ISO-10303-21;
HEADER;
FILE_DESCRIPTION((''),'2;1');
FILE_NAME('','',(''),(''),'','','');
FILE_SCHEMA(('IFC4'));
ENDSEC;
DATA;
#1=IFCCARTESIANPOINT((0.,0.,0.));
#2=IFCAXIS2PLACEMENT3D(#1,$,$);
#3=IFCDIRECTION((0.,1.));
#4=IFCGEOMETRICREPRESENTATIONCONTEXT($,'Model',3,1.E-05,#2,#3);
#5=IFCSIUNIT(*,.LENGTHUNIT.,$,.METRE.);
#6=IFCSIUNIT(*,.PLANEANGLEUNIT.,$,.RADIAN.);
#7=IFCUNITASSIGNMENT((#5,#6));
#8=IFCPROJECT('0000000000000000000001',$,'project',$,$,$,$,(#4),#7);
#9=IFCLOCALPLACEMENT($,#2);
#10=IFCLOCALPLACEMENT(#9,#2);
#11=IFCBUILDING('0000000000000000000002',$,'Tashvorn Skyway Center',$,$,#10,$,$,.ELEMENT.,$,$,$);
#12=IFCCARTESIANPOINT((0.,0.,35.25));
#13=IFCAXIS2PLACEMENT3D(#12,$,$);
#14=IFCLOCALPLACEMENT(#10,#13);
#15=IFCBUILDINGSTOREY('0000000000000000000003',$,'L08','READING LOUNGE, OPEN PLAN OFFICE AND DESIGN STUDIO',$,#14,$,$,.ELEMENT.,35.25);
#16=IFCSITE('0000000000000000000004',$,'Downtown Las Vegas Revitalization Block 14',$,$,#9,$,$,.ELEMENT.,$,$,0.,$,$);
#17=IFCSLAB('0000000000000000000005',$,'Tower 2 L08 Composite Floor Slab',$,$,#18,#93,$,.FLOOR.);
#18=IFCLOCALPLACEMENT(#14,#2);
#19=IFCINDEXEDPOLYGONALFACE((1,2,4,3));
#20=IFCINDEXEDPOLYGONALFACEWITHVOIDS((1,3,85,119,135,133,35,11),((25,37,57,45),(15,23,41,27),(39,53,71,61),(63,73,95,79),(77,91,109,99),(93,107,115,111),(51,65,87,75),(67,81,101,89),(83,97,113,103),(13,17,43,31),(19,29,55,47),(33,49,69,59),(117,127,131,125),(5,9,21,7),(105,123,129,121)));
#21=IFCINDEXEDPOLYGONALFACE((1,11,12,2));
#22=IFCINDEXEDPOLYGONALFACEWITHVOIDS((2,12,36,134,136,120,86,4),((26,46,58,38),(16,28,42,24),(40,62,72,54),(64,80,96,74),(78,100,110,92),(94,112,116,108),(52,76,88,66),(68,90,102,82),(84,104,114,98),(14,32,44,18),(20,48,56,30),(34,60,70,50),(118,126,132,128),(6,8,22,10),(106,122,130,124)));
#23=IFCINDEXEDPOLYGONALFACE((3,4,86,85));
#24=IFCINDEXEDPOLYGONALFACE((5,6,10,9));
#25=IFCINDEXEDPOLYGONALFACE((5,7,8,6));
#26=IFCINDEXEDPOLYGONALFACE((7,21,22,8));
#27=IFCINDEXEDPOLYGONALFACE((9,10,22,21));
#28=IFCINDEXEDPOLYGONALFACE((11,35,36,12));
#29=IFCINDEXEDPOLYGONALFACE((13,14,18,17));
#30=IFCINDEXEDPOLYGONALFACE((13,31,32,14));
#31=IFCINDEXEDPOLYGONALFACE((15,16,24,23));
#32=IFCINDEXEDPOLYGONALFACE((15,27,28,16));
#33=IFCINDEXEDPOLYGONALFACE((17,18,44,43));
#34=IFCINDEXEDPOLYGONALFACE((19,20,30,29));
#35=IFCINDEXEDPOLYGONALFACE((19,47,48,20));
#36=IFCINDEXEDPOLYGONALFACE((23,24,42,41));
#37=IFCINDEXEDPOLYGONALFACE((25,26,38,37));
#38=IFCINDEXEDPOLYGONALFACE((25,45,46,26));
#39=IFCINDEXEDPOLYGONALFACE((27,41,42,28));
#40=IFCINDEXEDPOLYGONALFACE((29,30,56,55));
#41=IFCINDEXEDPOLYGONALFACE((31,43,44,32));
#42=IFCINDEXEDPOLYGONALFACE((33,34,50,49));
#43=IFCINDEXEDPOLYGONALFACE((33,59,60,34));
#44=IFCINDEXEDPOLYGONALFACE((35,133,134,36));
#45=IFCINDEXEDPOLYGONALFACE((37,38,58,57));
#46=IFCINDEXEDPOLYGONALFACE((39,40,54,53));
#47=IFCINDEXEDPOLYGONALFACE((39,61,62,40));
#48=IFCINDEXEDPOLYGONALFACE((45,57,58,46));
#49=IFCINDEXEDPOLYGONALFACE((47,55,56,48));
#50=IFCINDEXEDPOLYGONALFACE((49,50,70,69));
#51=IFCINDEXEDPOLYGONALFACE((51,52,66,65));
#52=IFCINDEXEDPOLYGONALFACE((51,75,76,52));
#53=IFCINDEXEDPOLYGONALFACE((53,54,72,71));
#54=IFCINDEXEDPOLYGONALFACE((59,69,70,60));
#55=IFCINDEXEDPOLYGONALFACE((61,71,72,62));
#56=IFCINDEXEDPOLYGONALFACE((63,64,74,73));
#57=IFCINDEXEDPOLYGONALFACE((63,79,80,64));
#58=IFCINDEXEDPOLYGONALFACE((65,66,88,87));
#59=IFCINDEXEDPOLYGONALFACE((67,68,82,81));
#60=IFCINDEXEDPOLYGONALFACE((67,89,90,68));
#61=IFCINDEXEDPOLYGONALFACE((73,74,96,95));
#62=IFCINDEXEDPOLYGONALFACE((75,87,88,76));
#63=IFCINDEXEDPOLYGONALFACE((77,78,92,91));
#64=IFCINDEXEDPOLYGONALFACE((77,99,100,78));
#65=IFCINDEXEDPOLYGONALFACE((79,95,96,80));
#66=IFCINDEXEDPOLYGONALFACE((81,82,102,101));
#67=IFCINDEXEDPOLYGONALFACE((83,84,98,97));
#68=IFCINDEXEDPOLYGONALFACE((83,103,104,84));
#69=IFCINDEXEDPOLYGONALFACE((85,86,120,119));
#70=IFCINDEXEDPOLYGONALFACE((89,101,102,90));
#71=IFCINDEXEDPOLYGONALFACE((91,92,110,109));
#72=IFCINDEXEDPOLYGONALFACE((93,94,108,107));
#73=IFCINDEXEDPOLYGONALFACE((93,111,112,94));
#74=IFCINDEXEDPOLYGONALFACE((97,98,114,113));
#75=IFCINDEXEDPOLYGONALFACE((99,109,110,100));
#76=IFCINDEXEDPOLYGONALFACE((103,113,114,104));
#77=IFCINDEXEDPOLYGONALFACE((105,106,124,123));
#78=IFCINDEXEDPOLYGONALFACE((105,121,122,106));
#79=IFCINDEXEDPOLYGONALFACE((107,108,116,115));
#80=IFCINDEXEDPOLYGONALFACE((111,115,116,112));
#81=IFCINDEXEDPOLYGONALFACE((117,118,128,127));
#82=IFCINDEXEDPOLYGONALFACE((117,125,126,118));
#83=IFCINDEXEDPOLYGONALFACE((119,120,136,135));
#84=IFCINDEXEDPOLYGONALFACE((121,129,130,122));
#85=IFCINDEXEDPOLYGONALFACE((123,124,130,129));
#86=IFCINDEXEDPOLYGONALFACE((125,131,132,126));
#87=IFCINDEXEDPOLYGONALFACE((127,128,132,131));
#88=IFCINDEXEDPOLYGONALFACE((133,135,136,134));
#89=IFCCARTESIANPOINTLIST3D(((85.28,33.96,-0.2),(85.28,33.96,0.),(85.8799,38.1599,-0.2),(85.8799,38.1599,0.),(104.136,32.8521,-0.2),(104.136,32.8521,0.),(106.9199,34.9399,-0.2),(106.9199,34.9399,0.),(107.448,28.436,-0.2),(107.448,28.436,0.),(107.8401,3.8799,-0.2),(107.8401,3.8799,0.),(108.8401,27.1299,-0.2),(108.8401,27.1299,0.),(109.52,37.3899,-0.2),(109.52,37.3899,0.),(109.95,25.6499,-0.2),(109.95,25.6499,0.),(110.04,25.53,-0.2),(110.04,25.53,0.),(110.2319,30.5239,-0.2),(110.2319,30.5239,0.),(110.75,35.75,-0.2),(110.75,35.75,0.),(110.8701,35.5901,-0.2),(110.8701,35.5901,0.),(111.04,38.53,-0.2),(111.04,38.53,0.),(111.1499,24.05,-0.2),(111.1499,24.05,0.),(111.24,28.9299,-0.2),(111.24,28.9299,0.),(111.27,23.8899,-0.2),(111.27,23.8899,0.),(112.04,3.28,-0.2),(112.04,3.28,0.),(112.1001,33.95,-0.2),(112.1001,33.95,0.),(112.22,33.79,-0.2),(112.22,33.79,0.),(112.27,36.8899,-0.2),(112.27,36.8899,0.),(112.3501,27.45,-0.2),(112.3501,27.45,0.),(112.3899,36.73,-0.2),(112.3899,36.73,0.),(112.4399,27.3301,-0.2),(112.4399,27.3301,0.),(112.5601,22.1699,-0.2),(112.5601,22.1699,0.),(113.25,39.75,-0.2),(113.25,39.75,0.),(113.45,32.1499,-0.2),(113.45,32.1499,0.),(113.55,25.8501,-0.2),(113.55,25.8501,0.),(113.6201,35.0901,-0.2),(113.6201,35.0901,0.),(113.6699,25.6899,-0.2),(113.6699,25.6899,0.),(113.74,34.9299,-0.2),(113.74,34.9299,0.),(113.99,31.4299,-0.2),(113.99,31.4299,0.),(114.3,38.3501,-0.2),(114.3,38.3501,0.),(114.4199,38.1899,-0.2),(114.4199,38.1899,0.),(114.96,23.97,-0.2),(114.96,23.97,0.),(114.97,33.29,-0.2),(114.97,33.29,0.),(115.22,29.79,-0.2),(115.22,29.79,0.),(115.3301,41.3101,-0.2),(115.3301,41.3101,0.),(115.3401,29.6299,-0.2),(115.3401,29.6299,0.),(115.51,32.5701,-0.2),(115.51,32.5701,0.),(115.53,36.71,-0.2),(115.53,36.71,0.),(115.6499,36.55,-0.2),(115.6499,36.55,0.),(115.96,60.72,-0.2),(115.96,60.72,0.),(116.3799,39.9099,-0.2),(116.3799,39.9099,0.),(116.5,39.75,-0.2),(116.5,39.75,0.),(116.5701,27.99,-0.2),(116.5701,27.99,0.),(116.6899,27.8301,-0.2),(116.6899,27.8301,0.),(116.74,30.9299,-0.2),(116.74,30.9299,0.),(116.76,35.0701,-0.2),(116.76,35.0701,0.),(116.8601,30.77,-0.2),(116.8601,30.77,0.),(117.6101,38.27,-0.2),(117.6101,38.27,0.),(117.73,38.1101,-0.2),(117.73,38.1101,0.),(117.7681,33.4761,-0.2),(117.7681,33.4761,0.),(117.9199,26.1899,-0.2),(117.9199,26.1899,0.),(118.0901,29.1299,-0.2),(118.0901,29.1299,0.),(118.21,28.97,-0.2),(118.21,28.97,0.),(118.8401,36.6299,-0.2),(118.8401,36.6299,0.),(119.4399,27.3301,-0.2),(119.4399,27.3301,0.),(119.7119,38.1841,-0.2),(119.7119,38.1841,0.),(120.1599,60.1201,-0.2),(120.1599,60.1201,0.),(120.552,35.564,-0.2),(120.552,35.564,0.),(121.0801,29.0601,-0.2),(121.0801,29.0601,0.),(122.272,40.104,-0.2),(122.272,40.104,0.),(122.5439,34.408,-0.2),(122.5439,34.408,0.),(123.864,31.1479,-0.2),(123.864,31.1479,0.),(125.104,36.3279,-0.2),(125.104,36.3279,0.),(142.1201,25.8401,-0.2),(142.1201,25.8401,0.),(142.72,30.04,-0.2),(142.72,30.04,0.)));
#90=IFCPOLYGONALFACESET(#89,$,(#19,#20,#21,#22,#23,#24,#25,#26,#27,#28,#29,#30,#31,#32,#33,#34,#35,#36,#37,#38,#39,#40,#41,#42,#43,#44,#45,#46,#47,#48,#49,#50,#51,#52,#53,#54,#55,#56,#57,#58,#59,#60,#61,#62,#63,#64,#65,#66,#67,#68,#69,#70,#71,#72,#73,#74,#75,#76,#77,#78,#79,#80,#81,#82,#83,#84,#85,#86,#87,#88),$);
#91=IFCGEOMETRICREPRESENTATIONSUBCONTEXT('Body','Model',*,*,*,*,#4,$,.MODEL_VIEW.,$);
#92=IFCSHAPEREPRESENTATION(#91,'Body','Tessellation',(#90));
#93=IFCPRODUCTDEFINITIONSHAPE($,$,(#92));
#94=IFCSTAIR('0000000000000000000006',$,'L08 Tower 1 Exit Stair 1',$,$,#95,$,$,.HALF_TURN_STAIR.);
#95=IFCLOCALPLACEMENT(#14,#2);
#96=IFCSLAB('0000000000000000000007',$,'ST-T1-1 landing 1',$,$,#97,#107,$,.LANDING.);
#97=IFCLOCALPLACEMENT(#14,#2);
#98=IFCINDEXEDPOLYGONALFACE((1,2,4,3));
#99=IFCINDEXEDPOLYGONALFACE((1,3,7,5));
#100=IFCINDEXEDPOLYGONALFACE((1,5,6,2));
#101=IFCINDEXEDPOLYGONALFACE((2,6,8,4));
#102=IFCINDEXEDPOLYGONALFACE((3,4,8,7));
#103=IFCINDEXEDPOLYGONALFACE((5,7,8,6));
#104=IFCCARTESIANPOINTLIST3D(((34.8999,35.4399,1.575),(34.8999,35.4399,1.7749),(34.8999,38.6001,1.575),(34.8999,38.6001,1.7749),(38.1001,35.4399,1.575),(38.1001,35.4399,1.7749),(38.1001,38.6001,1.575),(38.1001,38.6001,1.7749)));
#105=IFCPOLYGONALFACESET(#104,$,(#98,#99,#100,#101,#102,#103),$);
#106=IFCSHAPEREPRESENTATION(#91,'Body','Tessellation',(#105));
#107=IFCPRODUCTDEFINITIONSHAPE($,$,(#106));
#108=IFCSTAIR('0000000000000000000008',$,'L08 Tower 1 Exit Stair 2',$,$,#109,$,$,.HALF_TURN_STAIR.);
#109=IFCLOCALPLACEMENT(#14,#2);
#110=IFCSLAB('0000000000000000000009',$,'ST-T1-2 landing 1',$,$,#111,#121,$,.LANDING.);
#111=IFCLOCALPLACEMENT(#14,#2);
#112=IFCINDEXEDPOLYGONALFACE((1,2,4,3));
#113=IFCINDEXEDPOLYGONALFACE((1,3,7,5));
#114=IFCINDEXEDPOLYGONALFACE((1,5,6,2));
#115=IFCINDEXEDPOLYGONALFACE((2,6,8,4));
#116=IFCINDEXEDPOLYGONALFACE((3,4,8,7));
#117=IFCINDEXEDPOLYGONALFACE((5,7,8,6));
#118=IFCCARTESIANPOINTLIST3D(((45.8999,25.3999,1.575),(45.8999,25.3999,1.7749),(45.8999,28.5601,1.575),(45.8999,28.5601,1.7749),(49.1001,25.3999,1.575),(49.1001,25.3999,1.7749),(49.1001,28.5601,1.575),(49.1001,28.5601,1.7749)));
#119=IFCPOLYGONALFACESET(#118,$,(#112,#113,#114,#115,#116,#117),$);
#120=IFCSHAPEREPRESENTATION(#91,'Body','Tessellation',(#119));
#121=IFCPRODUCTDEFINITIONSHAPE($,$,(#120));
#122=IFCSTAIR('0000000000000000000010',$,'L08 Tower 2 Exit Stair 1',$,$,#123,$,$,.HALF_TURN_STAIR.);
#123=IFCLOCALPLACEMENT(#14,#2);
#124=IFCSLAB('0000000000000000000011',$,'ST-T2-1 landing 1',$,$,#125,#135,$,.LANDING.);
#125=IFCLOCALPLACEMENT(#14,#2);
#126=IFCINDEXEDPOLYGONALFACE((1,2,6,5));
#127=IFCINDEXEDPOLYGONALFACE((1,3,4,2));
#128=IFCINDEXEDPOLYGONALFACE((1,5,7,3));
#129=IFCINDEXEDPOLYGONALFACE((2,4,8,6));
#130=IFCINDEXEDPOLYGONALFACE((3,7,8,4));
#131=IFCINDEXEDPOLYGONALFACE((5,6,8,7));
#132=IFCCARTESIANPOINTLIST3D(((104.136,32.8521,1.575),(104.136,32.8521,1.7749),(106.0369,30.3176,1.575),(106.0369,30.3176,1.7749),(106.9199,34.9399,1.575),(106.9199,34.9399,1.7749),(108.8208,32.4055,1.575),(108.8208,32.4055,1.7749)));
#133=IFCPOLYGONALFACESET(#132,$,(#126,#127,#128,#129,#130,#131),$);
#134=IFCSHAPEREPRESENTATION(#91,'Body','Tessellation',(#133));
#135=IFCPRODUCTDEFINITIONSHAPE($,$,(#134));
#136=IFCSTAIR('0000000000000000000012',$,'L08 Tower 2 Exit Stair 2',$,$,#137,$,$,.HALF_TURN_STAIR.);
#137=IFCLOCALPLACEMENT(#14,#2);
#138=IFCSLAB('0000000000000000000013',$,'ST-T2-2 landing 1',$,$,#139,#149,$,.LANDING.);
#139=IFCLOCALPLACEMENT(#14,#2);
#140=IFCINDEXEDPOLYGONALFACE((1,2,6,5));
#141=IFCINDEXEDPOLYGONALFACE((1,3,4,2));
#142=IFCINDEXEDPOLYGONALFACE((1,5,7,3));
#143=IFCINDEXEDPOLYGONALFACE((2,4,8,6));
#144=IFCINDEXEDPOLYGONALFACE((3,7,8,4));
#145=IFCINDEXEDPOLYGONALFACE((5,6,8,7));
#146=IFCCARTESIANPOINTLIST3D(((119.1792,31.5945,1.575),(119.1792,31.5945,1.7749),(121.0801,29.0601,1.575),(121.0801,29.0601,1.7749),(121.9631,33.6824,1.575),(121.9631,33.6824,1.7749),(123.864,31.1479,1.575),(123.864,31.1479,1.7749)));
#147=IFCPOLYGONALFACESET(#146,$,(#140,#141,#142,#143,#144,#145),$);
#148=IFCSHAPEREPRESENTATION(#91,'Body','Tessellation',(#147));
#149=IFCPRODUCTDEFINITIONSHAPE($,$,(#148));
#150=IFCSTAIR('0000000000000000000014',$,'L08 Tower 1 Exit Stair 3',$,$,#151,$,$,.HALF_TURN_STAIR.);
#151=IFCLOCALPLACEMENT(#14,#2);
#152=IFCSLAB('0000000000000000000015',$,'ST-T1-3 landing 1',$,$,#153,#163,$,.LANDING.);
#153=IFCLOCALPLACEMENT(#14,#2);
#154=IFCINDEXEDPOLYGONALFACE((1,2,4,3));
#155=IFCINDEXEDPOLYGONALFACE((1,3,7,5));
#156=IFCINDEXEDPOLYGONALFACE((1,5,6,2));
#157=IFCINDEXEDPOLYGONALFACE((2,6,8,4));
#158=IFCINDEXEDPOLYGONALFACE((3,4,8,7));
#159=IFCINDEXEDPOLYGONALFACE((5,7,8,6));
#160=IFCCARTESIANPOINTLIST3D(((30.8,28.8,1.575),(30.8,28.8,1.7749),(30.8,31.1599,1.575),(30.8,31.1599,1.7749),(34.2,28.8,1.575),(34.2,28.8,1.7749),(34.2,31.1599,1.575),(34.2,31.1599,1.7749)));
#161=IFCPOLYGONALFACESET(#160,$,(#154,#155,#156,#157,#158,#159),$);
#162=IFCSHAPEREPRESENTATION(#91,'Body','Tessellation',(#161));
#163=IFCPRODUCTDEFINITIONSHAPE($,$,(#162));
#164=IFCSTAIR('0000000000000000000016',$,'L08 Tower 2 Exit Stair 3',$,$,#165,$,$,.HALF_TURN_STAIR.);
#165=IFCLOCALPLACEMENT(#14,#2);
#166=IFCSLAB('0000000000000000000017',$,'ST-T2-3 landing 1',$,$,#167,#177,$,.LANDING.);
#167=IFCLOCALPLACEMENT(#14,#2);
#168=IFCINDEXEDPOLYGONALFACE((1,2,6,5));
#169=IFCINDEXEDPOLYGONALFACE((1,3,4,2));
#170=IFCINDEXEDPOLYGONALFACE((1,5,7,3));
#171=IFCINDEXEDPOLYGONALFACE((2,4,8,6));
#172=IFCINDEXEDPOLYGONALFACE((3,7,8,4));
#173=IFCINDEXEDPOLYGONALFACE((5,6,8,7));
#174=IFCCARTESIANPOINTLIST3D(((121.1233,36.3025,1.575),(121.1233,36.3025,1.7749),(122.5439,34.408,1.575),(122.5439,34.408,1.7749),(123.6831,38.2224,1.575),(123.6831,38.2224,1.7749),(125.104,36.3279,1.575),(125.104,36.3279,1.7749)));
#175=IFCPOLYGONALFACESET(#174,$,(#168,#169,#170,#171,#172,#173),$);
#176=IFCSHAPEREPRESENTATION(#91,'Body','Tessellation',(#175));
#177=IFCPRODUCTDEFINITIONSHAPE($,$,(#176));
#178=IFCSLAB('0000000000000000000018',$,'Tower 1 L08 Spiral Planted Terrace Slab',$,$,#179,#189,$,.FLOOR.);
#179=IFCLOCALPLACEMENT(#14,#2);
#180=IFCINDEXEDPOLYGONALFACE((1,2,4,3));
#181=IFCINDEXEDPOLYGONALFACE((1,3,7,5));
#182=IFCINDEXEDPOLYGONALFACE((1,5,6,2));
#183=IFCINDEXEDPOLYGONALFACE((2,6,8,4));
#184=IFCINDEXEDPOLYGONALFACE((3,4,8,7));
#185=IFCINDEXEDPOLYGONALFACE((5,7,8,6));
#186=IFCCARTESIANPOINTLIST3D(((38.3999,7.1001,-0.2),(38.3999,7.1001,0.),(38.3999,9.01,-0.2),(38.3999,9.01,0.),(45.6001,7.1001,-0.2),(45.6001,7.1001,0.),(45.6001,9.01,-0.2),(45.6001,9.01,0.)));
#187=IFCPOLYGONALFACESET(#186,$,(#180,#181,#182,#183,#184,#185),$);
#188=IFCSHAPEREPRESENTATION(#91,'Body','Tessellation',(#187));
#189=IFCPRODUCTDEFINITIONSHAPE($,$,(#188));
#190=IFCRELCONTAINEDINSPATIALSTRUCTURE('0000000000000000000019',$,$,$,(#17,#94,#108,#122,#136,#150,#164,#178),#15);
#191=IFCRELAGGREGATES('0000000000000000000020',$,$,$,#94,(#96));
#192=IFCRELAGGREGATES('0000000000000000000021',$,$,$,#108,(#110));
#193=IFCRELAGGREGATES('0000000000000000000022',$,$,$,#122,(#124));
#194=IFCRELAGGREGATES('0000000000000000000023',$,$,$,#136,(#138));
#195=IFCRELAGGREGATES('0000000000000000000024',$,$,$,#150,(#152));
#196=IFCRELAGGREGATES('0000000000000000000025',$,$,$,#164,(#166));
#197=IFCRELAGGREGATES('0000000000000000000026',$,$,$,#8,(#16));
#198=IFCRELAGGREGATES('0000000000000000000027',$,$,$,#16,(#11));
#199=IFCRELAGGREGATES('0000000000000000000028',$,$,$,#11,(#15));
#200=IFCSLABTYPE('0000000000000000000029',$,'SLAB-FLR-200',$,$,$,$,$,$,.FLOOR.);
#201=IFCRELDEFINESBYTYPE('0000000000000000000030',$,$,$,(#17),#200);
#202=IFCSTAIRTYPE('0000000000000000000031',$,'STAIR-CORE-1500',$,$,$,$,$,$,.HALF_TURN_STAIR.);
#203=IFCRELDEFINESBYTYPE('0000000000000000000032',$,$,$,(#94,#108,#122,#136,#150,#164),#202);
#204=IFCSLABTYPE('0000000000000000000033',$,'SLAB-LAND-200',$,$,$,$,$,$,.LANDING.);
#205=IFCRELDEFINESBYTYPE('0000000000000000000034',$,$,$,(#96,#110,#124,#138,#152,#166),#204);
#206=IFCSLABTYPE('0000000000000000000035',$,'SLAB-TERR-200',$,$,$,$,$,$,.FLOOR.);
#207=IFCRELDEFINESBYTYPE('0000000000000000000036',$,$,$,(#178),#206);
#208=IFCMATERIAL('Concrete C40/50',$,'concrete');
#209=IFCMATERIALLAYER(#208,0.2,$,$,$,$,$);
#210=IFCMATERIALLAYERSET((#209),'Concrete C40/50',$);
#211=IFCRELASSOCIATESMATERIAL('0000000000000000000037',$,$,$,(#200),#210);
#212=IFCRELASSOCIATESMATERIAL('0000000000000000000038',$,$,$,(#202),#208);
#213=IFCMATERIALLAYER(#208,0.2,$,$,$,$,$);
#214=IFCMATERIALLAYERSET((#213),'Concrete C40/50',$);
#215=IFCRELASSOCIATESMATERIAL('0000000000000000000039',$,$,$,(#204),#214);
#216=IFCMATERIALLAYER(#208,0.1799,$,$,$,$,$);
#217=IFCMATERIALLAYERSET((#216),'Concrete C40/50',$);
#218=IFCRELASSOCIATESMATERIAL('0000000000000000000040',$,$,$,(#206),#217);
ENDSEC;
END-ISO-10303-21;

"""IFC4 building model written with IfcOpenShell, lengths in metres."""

from ifc_helpers import new_model, si_unit, direction, frame, origin, place, context, subcontext, project, spatial, polyline, outline, extrude, material, layer, layer_set, type_object, element, aggregate, save


model = new_model("IFC4")

# Units and contexts
model_context = context("Model", 3, precision=1e-05, world=origin(), true_north=direction((0.0, 1.0)))
body_context = subcontext(model_context, "Body", "Model", "MODEL_VIEW")
ifc_project = project(units=[si_unit("LENGTHUNIT", "METRE"), si_unit("PLANEANGLEUNIT", "RADIAN")], contexts=[model_context])

# Site, building, storey
site_placement = place(None, origin())
site = spatial("IfcSite", under=ifc_project, at=site_placement, Name="Downtown Las Vegas Revitalization Block 14", CompositionType="ELEMENT", RefElevation=0.0)
building_placement = place(site_placement, origin())
building = spatial("IfcBuilding", under=site, at=building_placement, Name="Tashvorn Skyway Center", CompositionType="ELEMENT")
storey_placement = place(building_placement, frame((0.0, 0.0, 35.25)))
storey = spatial("IfcBuildingStorey", under=building, at=storey_placement, Name="L08", Description="READING LOUNGE, OPEN PLAN OFFICE AND DESIGN STUDIO", CompositionType="ELEMENT", Elevation=35.25)

# Slab
ifc_material_1 = material(Name="Concrete C40/50", Category="concrete")
ifc_layer_1 = layer(ifc_material_1, 0.2)
ifc_layer_set_1 = layer_set([ifc_layer_1], Name="Concrete C40/50")
slab_type_1 = type_object("IfcSlabType", Name="SLAB-FLR-200", PredefinedType="FLOOR", material=ifc_layer_set_1)
slab_1_placement = place(storey_placement, frame((0.0, 0.0, -0.2)))
element("IfcSlab", 1, at=slab_1_placement, inside=storey, type_object=slab_type_1, Name="Tower 2 L08 Composite Floor Slab", PredefinedType="FLOOR", context=body_context, shape_type="SweptSolid", body=[
    extrude(outline(polyline([(112.04, 3.28), (142.1201, 25.8401), (142.72, 30.04), (120.1599, 60.1201), (115.96, 60.72), (85.8799, 38.1599), (85.28, 33.96), (107.8401, 3.8799), (112.04, 3.28)]), holes=[polyline([(110.2319, 30.5239), (106.9199, 34.9399), (104.136, 32.8521), (107.448, 28.436), (110.2319, 30.5239)]), polyline([(117.7681, 33.4761), (121.0801, 29.0601), (123.864, 31.1479), (120.552, 35.564), (117.7681, 33.4761)]), polyline([(119.7119, 38.1841), (122.5439, 34.408), (125.104, 36.3279), (122.272, 40.104), (119.7119, 38.1841)]), polyline([(109.95, 25.6499), (112.3501, 27.45), (111.24, 28.9299), (108.8401, 27.1299), (109.95, 25.6499)]), polyline([(111.1499, 24.05), (113.55, 25.8501), (112.4399, 27.3301), (110.04, 25.53), (111.1499, 24.05)]), polyline([(112.5601, 22.1699), (114.96, 23.97), (113.6699, 25.6899), (111.27, 23.8899), (112.5601, 22.1699)]), polyline([(117.9199, 26.1899), (119.4399, 27.3301), (118.21, 28.97), (116.6899, 27.8301), (117.9199, 26.1899)]), polyline([(116.5701, 27.99), (118.0901, 29.1299), (116.8601, 30.77), (115.3401, 29.6299), (116.5701, 27.99)]), polyline([(115.22, 29.79), (116.74, 30.9299), (115.51, 32.5701), (113.99, 31.4299), (115.22, 29.79)]), polyline([(113.45, 32.1499), (114.97, 33.29), (113.74, 34.9299), (112.22, 33.79), (113.45, 32.1499)]), polyline([(112.1001, 33.95), (113.6201, 35.0901), (112.3899, 36.73), (110.8701, 35.5901), (112.1001, 33.95)]), polyline([(110.75, 35.75), (112.27, 36.8899), (111.04, 38.53), (109.52, 37.3899), (110.75, 35.75)]), polyline([(116.76, 35.0701), (118.8401, 36.6299), (117.73, 38.1101), (115.6499, 36.55), (116.76, 35.0701)]), polyline([(115.53, 36.71), (117.6101, 38.27), (116.5, 39.75), (114.4199, 38.1899), (115.53, 36.71)]), polyline([(114.3, 38.3501), (116.3799, 39.9099), (115.3301, 41.3101), (113.25, 39.75), (114.3, 38.3501)])]), origin(), (0.0, 0.0, 1.0), 0.2),
])

# Stairs, slabs
stair_type = type_object("IfcStairType", Name="STAIR-CORE-1500", PredefinedType="HALF_TURN_STAIR", material=ifc_material_1)
stair_1_placement = place(storey_placement, origin())
stair_1 = element("IfcStair", 2, at=stair_1_placement, inside=storey, type_object=stair_type, Name="L08 Tower 1 Exit Stair 1", PredefinedType="HALF_TURN_STAIR")
ifc_layer_2 = layer(ifc_material_1, 0.2)
ifc_layer_set_2 = layer_set([ifc_layer_2], Name="Concrete C40/50")
slab_type_2 = type_object("IfcSlabType", Name="SLAB-LAND-200", PredefinedType="LANDING", material=ifc_layer_set_2)
slab_2_placement = place(storey_placement, frame((0.0, 0.0, 1.575)))
slab_2 = element("IfcSlab", 3, at=slab_2_placement, type_object=slab_type_2, Name="ST-T1-1 landing 1", PredefinedType="LANDING", context=body_context, shape_type="SweptSolid", body=[
    extrude(outline(polyline([(38.1001, 35.4399), (38.1001, 38.6001), (34.8999, 38.6001), (34.8999, 35.4399), (38.1001, 35.4399)])), origin(), (0.0, 0.0, 1.0), 0.2),
])
aggregate(stair_1, [slab_2])
stair_2_placement = place(storey_placement, origin())
stair_2 = element("IfcStair", 4, at=stair_2_placement, inside=storey, type_object=stair_type, Name="L08 Tower 1 Exit Stair 2", PredefinedType="HALF_TURN_STAIR")
slab_3_placement = place(storey_placement, frame((0.0, 0.0, 1.575)))
slab_3 = element("IfcSlab", 5, at=slab_3_placement, type_object=slab_type_2, Name="ST-T1-2 landing 1", PredefinedType="LANDING", context=body_context, shape_type="SweptSolid", body=[
    extrude(outline(polyline([(45.8999, 28.5601), (45.8999, 25.3999), (49.1001, 25.3999), (49.1001, 28.5601), (45.8999, 28.5601)])), origin(), (0.0, 0.0, 1.0), 0.2),
])
aggregate(stair_2, [slab_3])
stair_3_placement = place(storey_placement, origin())
stair_3 = element("IfcStair", 6, at=stair_3_placement, inside=storey, type_object=stair_type, Name="L08 Tower 2 Exit Stair 1", PredefinedType="HALF_TURN_STAIR")
slab_4_placement = place(storey_placement, frame((0.0, 0.0, 1.575)))
slab_4 = element("IfcSlab", 7, at=slab_4_placement, type_object=slab_type_2, Name="ST-T2-1 landing 1", PredefinedType="LANDING", context=body_context, shape_type="SweptSolid", body=[
    extrude(outline(polyline([(108.8208, 32.4055), (106.9199, 34.9399), (104.136, 32.8521), (106.0369, 30.3176), (108.8208, 32.4055)])), origin(), (0.0, 0.0, 1.0), 0.2),
])
aggregate(stair_3, [slab_4])
stair_4_placement = place(storey_placement, origin())
stair_4 = element("IfcStair", 8, at=stair_4_placement, inside=storey, type_object=stair_type, Name="L08 Tower 2 Exit Stair 2", PredefinedType="HALF_TURN_STAIR")
slab_5_placement = place(storey_placement, frame((0.0, 0.0, 1.575)))
slab_5 = element("IfcSlab", 9, at=slab_5_placement, type_object=slab_type_2, Name="ST-T2-2 landing 1", PredefinedType="LANDING", context=body_context, shape_type="SweptSolid", body=[
    extrude(outline(polyline([(119.1792, 31.5945), (121.0801, 29.0601), (123.864, 31.1479), (121.9631, 33.6824), (119.1792, 31.5945)])), origin(), (0.0, 0.0, 1.0), 0.2),
])
aggregate(stair_4, [slab_5])
stair_5_placement = place(storey_placement, origin())
stair_5 = element("IfcStair", 10, at=stair_5_placement, inside=storey, type_object=stair_type, Name="L08 Tower 1 Exit Stair 3", PredefinedType="HALF_TURN_STAIR")
slab_6_placement = place(storey_placement, frame((0.0, 0.0, 1.575)))
slab_6 = element("IfcSlab", 11, at=slab_6_placement, type_object=slab_type_2, Name="ST-T1-3 landing 1", PredefinedType="LANDING", context=body_context, shape_type="SweptSolid", body=[
    extrude(outline(polyline([(30.8, 31.1599), (30.8, 28.8), (34.2, 28.8), (34.2, 31.1599), (30.8, 31.1599)])), origin(), (0.0, 0.0, 1.0), 0.2),
])
aggregate(stair_5, [slab_6])
stair_6_placement = place(storey_placement, origin())
stair_6 = element("IfcStair", 12, at=stair_6_placement, inside=storey, type_object=stair_type, Name="L08 Tower 2 Exit Stair 3", PredefinedType="HALF_TURN_STAIR")
slab_7_placement = place(storey_placement, frame((0.0, 0.0, 1.575)))
slab_7 = element("IfcSlab", 13, at=slab_7_placement, type_object=slab_type_2, Name="ST-T2-3 landing 1", PredefinedType="LANDING", context=body_context, shape_type="SweptSolid", body=[
    extrude(outline(polyline([(121.1233, 36.3025), (122.5439, 34.408), (125.104, 36.3279), (123.6831, 38.2224), (121.1233, 36.3025)])), origin(), (0.0, 0.0, 1.0), 0.2),
])
aggregate(stair_6, [slab_7])

# Slab
ifc_layer_3 = layer(ifc_material_1, 0.1799)
ifc_layer_set_3 = layer_set([ifc_layer_3], Name="Concrete C40/50")
slab_type_3 = type_object("IfcSlabType", Name="SLAB-TERR-200", PredefinedType="FLOOR", material=ifc_layer_set_3)
slab_8_placement = place(storey_placement, frame((0.0, 0.0, -0.2)))
element("IfcSlab", 14, at=slab_8_placement, inside=storey, type_object=slab_type_3, Name="Tower 1 L08 Spiral Planted Terrace Slab", PredefinedType="FLOOR", context=body_context, shape_type="SweptSolid", body=[
    extrude(outline(polyline([(38.3999, 7.1001), (45.6001, 7.1001), (45.6001, 9.01), (38.3999, 9.01), (38.3999, 7.1001)])), origin(), (0.0, 0.0, 1.0), 0.2),
])

save(model, "model.ifc")
